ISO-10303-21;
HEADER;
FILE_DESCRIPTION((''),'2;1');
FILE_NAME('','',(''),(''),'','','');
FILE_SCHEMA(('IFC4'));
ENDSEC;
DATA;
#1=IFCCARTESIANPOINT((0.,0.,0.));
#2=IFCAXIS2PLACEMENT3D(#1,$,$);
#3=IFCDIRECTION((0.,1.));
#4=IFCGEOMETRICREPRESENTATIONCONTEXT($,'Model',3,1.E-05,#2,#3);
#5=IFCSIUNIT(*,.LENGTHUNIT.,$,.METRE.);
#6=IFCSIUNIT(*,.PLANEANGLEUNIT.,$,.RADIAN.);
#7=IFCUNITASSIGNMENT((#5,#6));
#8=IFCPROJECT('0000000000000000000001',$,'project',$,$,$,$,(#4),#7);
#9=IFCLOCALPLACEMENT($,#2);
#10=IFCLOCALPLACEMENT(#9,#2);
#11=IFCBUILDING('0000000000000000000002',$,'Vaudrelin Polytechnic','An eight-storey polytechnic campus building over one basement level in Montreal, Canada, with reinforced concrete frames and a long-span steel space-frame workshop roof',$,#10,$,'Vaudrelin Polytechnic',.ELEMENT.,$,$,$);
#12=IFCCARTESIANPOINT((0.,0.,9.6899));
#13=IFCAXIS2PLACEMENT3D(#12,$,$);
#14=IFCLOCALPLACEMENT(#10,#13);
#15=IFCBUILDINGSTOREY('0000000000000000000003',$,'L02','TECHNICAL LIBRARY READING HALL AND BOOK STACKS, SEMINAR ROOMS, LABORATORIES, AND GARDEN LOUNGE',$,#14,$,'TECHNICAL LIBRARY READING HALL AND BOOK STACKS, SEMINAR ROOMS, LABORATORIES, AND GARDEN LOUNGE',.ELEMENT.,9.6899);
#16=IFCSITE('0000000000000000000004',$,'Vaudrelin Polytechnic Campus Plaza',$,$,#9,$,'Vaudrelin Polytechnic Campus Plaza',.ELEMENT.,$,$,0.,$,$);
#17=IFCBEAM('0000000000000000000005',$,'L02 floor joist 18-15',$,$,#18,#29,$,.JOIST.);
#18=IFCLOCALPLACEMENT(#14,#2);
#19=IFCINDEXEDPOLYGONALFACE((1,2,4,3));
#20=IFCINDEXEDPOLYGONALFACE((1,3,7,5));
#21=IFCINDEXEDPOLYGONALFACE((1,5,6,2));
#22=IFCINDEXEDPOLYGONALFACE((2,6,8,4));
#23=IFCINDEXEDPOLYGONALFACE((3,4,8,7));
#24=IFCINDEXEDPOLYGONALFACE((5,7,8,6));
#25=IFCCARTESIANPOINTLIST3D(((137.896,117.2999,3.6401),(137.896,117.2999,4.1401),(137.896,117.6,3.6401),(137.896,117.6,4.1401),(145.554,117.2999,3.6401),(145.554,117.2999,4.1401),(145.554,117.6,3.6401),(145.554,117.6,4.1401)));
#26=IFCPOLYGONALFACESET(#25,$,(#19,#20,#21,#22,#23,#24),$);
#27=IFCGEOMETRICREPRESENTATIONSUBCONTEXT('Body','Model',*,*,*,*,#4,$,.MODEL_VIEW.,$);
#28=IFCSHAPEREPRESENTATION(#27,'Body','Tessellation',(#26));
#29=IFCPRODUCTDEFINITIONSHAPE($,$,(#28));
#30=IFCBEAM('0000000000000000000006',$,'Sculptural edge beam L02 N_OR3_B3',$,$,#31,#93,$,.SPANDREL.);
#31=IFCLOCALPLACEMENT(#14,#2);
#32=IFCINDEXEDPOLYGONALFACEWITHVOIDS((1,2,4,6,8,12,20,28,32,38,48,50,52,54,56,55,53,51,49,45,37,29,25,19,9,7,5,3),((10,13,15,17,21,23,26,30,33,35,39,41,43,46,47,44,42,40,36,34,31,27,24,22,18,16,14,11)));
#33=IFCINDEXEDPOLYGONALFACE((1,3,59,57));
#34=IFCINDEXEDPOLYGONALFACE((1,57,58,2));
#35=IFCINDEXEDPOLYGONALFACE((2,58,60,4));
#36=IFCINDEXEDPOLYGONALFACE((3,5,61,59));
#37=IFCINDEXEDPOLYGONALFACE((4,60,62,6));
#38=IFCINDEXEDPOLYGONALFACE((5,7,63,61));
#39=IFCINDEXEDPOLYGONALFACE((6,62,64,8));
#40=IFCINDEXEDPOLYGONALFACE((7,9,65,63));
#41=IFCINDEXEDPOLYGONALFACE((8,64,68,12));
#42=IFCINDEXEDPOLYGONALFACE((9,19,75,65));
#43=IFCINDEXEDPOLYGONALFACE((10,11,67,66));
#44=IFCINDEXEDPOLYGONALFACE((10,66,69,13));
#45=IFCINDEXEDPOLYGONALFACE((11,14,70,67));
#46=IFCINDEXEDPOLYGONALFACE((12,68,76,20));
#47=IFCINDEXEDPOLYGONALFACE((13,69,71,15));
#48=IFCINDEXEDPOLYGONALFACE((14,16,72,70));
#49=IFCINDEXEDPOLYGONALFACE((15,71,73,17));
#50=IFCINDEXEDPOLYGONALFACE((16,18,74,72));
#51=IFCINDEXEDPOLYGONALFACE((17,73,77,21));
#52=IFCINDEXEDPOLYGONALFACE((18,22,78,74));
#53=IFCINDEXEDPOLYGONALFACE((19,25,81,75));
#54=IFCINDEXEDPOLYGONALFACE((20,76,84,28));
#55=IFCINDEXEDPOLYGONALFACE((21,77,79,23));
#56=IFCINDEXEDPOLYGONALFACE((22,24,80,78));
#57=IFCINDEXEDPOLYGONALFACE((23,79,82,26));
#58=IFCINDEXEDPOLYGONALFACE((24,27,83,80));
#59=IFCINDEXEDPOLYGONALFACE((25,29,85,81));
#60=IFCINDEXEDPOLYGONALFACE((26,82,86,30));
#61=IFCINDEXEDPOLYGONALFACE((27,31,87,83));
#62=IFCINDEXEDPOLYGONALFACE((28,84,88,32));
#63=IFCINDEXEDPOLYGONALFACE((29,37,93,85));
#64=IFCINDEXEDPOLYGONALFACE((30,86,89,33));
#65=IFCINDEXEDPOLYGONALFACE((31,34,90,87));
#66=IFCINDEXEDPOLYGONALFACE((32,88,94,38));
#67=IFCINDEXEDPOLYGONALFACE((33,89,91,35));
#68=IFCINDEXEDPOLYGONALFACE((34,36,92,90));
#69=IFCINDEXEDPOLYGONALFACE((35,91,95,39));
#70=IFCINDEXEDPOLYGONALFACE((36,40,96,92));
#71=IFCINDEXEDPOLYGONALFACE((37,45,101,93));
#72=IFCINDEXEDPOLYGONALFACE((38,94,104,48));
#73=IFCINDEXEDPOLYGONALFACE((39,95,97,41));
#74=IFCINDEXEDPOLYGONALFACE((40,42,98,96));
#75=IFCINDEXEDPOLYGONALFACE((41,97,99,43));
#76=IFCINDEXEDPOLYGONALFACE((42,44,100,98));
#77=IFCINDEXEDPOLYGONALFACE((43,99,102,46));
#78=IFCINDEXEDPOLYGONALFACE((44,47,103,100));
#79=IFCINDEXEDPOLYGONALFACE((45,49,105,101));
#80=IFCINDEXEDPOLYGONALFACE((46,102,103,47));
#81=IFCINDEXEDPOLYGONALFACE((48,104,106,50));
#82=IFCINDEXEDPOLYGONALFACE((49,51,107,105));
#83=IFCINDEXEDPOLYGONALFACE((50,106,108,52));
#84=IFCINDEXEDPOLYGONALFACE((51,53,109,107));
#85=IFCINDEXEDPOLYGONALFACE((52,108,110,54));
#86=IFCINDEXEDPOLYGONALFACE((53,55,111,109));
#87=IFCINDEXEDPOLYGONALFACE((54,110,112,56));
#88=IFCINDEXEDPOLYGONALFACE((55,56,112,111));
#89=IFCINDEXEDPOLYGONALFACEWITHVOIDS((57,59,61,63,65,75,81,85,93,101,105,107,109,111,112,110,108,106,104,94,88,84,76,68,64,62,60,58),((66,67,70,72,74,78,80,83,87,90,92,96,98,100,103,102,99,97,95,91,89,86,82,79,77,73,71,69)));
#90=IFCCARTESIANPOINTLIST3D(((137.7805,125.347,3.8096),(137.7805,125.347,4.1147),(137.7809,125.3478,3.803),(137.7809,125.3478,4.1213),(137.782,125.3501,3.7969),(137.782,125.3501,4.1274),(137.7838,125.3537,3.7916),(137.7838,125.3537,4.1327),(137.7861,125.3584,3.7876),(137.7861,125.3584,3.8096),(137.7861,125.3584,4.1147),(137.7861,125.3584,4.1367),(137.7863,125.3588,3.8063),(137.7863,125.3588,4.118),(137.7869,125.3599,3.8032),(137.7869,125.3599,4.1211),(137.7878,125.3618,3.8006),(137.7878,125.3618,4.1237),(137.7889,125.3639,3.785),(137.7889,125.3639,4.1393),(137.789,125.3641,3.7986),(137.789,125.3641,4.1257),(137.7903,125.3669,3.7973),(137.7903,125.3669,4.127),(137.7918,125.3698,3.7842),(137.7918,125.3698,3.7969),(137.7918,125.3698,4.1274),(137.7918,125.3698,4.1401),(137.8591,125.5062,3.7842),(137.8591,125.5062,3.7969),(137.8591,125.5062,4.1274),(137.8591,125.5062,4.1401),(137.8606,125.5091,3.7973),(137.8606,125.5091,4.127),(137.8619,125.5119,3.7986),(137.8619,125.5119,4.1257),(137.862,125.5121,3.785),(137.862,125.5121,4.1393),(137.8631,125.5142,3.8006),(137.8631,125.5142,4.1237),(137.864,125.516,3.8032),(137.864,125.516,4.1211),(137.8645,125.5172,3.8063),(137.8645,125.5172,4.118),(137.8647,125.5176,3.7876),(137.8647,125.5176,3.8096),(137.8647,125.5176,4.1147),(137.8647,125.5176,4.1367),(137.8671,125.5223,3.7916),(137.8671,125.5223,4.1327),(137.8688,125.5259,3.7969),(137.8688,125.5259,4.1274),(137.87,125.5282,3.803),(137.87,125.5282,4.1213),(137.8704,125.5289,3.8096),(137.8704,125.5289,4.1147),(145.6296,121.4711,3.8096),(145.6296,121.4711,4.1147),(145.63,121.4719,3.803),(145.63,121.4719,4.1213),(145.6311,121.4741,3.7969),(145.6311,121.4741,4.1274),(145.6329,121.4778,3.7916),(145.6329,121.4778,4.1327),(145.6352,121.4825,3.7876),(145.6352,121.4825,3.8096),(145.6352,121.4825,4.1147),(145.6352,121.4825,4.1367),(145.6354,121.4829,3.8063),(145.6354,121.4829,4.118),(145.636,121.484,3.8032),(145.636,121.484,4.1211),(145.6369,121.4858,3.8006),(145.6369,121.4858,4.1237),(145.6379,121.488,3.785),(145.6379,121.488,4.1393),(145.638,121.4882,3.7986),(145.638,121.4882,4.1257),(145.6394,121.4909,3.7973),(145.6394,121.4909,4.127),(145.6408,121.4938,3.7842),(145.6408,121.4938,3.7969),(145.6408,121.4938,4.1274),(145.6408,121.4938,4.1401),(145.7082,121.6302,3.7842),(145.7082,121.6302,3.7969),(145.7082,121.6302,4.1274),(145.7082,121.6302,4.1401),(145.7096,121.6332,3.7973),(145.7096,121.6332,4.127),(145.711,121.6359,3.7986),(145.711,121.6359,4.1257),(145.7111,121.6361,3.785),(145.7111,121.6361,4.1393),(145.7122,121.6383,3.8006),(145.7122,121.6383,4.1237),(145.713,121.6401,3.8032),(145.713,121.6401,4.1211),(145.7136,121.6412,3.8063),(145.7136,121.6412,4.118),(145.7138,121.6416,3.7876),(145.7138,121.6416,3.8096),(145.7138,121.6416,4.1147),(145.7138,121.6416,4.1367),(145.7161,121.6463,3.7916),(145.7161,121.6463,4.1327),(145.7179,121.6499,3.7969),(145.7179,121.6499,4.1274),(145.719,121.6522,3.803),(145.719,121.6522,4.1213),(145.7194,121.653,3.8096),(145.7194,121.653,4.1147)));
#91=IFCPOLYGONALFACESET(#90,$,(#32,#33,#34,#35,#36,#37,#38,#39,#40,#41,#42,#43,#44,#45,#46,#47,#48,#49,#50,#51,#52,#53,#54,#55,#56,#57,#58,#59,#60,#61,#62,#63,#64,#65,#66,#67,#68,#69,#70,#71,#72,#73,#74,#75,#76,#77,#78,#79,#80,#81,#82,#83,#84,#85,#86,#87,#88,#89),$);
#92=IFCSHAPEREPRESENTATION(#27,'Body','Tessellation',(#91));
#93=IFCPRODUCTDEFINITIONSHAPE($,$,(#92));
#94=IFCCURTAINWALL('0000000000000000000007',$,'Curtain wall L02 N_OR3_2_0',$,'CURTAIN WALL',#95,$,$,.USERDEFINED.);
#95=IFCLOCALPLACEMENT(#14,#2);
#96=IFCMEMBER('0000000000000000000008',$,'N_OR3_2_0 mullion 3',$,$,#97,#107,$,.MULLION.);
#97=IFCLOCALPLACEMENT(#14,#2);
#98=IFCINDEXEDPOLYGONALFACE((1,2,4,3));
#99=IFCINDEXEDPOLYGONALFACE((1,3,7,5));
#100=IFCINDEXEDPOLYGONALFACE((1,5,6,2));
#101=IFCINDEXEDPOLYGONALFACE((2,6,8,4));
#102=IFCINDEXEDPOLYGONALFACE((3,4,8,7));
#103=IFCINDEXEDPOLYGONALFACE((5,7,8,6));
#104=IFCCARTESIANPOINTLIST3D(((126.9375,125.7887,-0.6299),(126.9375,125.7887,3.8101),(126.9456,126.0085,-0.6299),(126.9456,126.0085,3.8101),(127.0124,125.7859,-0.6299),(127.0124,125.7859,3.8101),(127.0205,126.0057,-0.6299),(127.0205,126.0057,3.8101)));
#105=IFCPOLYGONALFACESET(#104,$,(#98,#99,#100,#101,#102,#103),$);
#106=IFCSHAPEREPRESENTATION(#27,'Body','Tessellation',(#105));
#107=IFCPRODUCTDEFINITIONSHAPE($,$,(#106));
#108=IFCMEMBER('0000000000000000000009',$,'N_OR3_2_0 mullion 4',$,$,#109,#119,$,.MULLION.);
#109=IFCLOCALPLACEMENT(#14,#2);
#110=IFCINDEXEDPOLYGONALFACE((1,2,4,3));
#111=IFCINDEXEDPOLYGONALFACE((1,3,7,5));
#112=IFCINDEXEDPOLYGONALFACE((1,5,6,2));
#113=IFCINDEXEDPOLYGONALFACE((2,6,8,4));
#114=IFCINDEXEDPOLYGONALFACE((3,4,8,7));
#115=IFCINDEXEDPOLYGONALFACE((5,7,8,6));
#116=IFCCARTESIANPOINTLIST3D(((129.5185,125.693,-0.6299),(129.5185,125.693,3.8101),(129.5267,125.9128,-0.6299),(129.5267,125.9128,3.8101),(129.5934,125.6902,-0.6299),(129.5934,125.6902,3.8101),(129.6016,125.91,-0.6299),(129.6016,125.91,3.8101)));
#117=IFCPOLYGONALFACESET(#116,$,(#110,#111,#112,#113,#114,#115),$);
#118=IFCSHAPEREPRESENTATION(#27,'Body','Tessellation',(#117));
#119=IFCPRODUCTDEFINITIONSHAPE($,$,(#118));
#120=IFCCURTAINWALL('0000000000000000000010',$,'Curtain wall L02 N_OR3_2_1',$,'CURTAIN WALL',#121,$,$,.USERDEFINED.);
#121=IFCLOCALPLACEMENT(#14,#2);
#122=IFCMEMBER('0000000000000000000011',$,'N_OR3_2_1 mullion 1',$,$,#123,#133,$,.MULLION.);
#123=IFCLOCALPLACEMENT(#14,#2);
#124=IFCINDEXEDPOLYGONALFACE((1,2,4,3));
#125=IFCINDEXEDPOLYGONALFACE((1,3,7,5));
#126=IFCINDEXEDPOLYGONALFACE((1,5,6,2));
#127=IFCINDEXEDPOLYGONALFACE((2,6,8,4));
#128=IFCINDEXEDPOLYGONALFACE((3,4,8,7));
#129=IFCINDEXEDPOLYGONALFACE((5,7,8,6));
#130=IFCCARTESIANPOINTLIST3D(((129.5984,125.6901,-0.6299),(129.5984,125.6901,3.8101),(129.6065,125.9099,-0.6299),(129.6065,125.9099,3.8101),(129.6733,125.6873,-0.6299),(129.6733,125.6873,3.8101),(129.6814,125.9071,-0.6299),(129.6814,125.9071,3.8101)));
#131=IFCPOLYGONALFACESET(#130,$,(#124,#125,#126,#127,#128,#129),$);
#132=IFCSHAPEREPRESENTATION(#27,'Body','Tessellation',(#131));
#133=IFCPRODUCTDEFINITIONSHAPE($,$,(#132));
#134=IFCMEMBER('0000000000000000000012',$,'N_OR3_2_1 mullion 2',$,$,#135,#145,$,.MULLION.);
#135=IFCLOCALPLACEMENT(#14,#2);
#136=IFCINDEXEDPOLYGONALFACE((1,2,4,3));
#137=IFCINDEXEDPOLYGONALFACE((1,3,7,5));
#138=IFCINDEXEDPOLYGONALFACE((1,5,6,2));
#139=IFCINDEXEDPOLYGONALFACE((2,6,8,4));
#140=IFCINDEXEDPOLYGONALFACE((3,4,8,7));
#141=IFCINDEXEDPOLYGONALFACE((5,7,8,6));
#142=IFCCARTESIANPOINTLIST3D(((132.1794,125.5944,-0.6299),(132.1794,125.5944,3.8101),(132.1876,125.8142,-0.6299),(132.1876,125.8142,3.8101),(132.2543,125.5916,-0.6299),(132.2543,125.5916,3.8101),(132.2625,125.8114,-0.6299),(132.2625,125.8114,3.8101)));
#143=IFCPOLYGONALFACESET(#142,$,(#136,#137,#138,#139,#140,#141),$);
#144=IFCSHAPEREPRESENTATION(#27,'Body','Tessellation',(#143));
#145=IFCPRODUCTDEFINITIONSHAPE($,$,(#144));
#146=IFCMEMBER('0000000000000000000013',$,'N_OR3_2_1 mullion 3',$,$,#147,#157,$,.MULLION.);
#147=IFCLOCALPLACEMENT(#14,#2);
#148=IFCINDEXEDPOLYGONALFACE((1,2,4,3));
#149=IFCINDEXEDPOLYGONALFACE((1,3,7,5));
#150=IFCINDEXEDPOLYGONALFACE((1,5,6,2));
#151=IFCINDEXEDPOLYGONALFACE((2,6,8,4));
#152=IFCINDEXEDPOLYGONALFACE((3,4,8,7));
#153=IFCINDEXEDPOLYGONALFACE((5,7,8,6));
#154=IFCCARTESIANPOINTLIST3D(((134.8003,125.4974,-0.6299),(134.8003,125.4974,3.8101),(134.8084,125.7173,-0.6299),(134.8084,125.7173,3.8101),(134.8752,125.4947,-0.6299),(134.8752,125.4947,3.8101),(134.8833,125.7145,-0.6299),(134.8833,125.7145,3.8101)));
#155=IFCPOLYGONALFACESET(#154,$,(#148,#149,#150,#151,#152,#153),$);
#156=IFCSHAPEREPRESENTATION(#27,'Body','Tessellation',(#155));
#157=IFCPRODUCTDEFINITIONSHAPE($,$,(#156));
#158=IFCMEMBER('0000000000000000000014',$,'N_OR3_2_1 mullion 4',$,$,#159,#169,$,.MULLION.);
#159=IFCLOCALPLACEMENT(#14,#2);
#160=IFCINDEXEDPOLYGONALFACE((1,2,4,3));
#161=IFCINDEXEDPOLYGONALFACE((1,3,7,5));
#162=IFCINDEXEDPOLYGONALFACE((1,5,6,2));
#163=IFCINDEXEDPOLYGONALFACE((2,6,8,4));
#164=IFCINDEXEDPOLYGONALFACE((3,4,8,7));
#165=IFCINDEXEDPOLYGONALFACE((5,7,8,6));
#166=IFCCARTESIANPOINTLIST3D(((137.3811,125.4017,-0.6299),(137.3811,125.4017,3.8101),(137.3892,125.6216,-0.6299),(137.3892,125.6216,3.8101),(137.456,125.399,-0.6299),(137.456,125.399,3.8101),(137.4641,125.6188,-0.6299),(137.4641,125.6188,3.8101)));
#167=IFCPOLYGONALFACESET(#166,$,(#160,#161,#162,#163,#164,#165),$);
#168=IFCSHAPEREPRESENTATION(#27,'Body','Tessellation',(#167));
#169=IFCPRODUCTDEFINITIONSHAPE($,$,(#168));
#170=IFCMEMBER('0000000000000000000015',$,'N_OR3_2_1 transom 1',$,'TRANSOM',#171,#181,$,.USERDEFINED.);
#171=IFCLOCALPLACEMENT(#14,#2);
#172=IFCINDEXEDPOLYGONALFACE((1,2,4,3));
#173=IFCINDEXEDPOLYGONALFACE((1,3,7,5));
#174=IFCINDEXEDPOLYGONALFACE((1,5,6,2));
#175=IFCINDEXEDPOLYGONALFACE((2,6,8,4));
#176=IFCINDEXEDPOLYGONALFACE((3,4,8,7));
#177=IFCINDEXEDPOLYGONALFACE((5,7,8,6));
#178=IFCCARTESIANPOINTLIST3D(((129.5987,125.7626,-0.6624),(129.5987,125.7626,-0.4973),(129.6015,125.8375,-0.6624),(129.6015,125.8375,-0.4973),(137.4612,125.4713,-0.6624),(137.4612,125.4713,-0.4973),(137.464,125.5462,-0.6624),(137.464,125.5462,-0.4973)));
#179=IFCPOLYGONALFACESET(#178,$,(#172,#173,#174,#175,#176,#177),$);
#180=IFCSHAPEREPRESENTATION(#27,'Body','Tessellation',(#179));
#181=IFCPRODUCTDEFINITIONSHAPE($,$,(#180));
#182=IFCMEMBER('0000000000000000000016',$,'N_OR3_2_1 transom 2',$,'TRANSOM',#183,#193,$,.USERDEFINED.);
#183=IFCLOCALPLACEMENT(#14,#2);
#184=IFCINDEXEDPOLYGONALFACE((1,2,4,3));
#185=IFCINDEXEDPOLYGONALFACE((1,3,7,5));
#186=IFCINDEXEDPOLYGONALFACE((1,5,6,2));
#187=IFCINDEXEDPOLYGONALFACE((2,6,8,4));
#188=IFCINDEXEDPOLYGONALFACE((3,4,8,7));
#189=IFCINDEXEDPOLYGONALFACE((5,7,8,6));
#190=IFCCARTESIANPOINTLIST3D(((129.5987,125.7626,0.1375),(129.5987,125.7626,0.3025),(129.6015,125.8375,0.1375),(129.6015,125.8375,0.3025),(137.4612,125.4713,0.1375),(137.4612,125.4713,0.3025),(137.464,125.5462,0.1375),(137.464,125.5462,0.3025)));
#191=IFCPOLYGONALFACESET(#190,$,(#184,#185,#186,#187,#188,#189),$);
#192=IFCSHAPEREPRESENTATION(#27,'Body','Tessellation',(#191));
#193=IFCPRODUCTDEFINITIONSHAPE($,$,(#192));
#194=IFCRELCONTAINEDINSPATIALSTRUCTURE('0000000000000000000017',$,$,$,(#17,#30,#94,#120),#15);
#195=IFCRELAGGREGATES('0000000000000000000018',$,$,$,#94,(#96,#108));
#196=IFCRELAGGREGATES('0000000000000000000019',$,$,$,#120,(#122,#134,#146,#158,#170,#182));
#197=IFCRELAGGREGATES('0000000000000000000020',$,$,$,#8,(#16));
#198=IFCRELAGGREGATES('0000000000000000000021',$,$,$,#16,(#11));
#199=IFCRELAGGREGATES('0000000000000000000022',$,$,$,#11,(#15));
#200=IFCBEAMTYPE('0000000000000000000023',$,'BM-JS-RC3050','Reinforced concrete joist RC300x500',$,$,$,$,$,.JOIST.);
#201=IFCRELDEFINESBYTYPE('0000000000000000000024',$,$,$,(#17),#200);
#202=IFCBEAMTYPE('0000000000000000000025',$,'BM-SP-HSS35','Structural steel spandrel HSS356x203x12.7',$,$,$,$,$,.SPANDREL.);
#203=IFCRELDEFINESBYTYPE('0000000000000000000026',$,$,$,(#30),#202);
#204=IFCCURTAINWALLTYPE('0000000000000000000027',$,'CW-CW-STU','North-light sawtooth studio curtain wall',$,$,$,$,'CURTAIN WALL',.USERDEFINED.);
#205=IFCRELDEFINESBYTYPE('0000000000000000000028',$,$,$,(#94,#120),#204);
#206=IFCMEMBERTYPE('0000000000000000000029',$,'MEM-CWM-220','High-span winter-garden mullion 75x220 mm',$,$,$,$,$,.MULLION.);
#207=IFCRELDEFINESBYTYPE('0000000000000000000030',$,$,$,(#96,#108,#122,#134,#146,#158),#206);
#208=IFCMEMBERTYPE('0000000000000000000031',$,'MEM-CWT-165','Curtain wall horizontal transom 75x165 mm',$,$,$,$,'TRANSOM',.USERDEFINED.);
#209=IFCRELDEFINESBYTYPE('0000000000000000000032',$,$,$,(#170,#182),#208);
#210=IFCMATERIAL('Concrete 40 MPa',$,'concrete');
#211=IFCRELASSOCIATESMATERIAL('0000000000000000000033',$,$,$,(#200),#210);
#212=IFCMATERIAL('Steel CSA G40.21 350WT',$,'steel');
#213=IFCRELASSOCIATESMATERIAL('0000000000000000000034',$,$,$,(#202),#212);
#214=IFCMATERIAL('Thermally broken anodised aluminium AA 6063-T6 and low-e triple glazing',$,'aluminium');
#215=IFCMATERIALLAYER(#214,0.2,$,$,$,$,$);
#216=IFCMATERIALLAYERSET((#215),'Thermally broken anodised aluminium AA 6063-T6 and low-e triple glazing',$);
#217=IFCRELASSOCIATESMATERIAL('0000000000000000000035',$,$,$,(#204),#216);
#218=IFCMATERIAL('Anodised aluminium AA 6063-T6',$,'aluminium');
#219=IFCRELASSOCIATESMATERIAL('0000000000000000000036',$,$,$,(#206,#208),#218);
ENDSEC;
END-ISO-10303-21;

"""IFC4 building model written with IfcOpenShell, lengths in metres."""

from ifc_helpers import new_model, si_unit, direction, frame, origin, origin_2d, place, context, subcontext, project, spatial, rectangle, hollow_rectangle, extrude, material, layer, layer_set, material_profile, profile_set, type_object, element, aggregate, save


model = new_model("IFC4")

# Units and contexts
model_context = context("Model", 3, precision=1e-05, world=origin(), true_north=direction((0.0, 1.0)))
body_context = subcontext(model_context, "Body", "Model", "MODEL_VIEW")
ifc_project = project(units=[si_unit("LENGTHUNIT", "METRE"), si_unit("PLANEANGLEUNIT", "RADIAN")], contexts=[model_context])

# Site, building, storey
site_placement = place(None, origin())
site = spatial("IfcSite", under=ifc_project, at=site_placement, Name="Vaudrelin Polytechnic Campus Plaza", LongName="Vaudrelin Polytechnic Campus Plaza", CompositionType="ELEMENT", RefElevation=0.0)
building_placement = place(site_placement, origin())
building = spatial("IfcBuilding", under=site, at=building_placement, Name="Vaudrelin Polytechnic", Description="An eight-storey polytechnic campus building over one basement level in Montreal, Canada, with reinforced concrete frames and a long-span steel space-frame workshop roof", LongName="Vaudrelin Polytechnic", CompositionType="ELEMENT")
storey_placement = place(building_placement, frame((0.0, 0.0, 9.6899)))
storey = spatial("IfcBuildingStorey", under=building, at=storey_placement, Name="L02", Description="TECHNICAL LIBRARY READING HALL AND BOOK STACKS, SEMINAR ROOMS, LABORATORIES, AND GARDEN LOUNGE", LongName="TECHNICAL LIBRARY READING HALL AND BOOK STACKS, SEMINAR ROOMS, LABORATORIES, AND GARDEN LOUNGE", CompositionType="ELEMENT", Elevation=9.6899)

# Shared definitions
ifc_material_1 = material(Name="Steel CSA G40.21 350WT", Category="steel")
ifc_material_2 = material(Name="Concrete 40 MPa", Category="concrete")

# Beams
ifc_material_profile_1 = material_profile(ifc_material_2, rectangle(XDim=0.3, YDim=0.5, at=origin_2d()), Name="RC300x500")
ifc_profile_set_1 = profile_set([ifc_material_profile_1], Name="Concrete 40 MPa")
beam_type_1 = type_object("IfcBeamType", Name="BM-JS-RC3050", Description="Reinforced concrete joist RC300x500", PredefinedType="JOIST", material=ifc_profile_set_1)
beam_1_placement = place(storey_placement, frame((137.896, 117.45, 3.8901), z_axis=(1.0, 0.0, 0.0), x_axis=(0.0, 1.0, 0.0)))
element("IfcBeam", 1, at=beam_1_placement, inside=storey, type_object=beam_type_1, Name="L02 floor joist 18-15", PredefinedType="JOIST", context=body_context, shape_type="SweptSolid", body=[
    extrude(rectangle(XDim=0.3, YDim=0.5, at=origin_2d()), origin(), (0.0, 0.0, 1.0), 7.658),
])
ifc_material_profile_2 = material_profile(ifc_material_1, hollow_rectangle(XDim=0.2029, YDim=0.356, WallThickness=0.0127, InnerFilletRadius=0.0127, OuterFilletRadius=0.0254, at=origin_2d()), Name="HSS356x203x12.7")
ifc_profile_set_2 = profile_set([ifc_material_profile_2], Name="Steel CSA G40.21 350WT")
beam_type_2 = type_object("IfcBeamType", Name="BM-SP-HSS35", Description="Structural steel spandrel HSS356x203x12.7", PredefinedType="SPANDREL", material=ifc_profile_set_2)
beam_2_placement = place(storey_placement, frame((137.8254, 125.438, 3.9622), z_axis=(0.896636, -0.442768, 0.0), x_axis=(0.442768, 0.896636, 0.0)))
element("IfcBeam", 2, at=beam_2_placement, inside=storey, type_object=beam_type_2, Name="Sculptural edge beam L02 N_OR3_B3", PredefinedType="SPANDREL", context=body_context, shape_type="SweptSolid", body=[
    extrude(hollow_rectangle(XDim=0.2029, YDim=0.356, WallThickness=0.0127, InnerFilletRadius=0.0127, OuterFilletRadius=0.0254, at=origin_2d()), origin(), (0.0, 0.0, 1.0), 8.7539),
])

# Curtain walls, members
ifc_material_3 = material(Name="Thermally broken anodised aluminium AA 6063-T6 and low-e triple glazing", Category="aluminium")
ifc_layer_1 = layer(ifc_material_3, 0.2)
ifc_layer_set_1 = layer_set([ifc_layer_1], Name="Thermally broken anodised aluminium AA 6063-T6 and low-e triple glazing")
curtain_wall_type = type_object("IfcCurtainWallType", Name="CW-CW-STU", Description="North-light sawtooth studio curtain wall", ElementType="CURTAIN WALL", PredefinedType="USERDEFINED", material=ifc_layer_set_1)
curtain_wall_1_placement = place(storey_placement, origin())
curtain_wall_1 = element("IfcCurtainWall", 3, at=curtain_wall_1_placement, inside=storey, type_object=curtain_wall_type, Name="Curtain wall L02 N_OR3_2_0", ObjectType="CURTAIN WALL", PredefinedType="USERDEFINED")
ifc_material_4 = material(Name="Anodised aluminium AA 6063-T6", Category="aluminium")
ifc_material_profile_3 = material_profile(ifc_material_4, rectangle(XDim=0.075, YDim=0.22, at=origin_2d()), Name="CWM-75x220")
ifc_profile_set_3 = profile_set([ifc_material_profile_3], Name="Anodised aluminium AA 6063-T6")
member_type_1 = type_object("IfcMemberType", Name="MEM-CWM-220", Description="High-span winter-garden mullion 75x220 mm", PredefinedType="MULLION", material=ifc_profile_set_3)
member_1_placement = place(storey_placement, frame((126.979, 125.8972, -0.6299), z_axis=(0.0, 0.0, 1.0), x_axis=(0.999315, -0.037011, 0.0)))
member_1 = element("IfcMember", 4, at=member_1_placement, type_object=member_type_1, Name="N_OR3_2_0 mullion 3", PredefinedType="MULLION", context=body_context, shape_type="SweptSolid", body=[
    extrude(rectangle(XDim=0.075, YDim=0.22, at=origin_2d()), origin(), (0.0, 0.0, 1.0), 4.4399),
])
member_2_placement = place(storey_placement, frame((129.5601, 125.8015, -0.6299), z_axis=(0.0, 0.0, 1.0), x_axis=(0.999315, -0.037011, 0.0)))
member_2 = element("IfcMember", 5, at=member_2_placement, type_object=member_type_1, Name="N_OR3_2_0 mullion 4", PredefinedType="MULLION", context=body_context, shape_type="SweptSolid", body=[
    extrude(rectangle(XDim=0.075, YDim=0.22, at=origin_2d()), origin(), (0.0, 0.0, 1.0), 4.4399),
])
curtain_wall_2_placement = place(storey_placement, origin())
curtain_wall_2 = element("IfcCurtainWall", 6, at=curtain_wall_2_placement, inside=storey, type_object=curtain_wall_type, Name="Curtain wall L02 N_OR3_2_1", ObjectType="CURTAIN WALL", PredefinedType="USERDEFINED")
member_3_placement = place(storey_placement, frame((129.6399, 125.7986, -0.6299), z_axis=(0.0, 0.0, 1.0), x_axis=(0.999315, -0.037011, 0.0)))
member_3 = element("IfcMember", 7, at=member_3_placement, type_object=member_type_1, Name="N_OR3_2_1 mullion 1", PredefinedType="MULLION", context=body_context, shape_type="SweptSolid", body=[
    extrude(rectangle(XDim=0.075, YDim=0.22, at=origin_2d()), origin(), (0.0, 0.0, 1.0), 4.4399),
])
member_4_placement = place(storey_placement, frame((132.2209, 125.7029, -0.6299), z_axis=(0.0, 0.0, 1.0), x_axis=(0.999315, -0.037011, 0.0)))
member_4 = element("IfcMember", 8, at=member_4_placement, type_object=member_type_1, Name="N_OR3_2_1 mullion 2", PredefinedType="MULLION", context=body_context, shape_type="SweptSolid", body=[
    extrude(rectangle(XDim=0.075, YDim=0.22, at=origin_2d()), origin(), (0.0, 0.0, 1.0), 4.4399),
])
member_5_placement = place(storey_placement, frame((134.8418, 125.606, -0.6299), z_axis=(0.0, 0.0, 1.0), x_axis=(0.999315, -0.037011, 0.0)))
member_5 = element("IfcMember", 9, at=member_5_placement, type_object=member_type_1, Name="N_OR3_2_1 mullion 3", PredefinedType="MULLION", context=body_context, shape_type="SweptSolid", body=[
    extrude(rectangle(XDim=0.075, YDim=0.22, at=origin_2d()), origin(), (0.0, 0.0, 1.0), 4.4399),
])
member_6_placement = place(storey_placement, frame((137.4226, 125.5103, -0.6299), z_axis=(0.0, 0.0, 1.0), x_axis=(0.999315, -0.037011, 0.0)))
member_6 = element("IfcMember", 10, at=member_6_placement, type_object=member_type_1, Name="N_OR3_2_1 mullion 4", PredefinedType="MULLION", context=body_context, shape_type="SweptSolid", body=[
    extrude(rectangle(XDim=0.075, YDim=0.22, at=origin_2d()), origin(), (0.0, 0.0, 1.0), 4.4399),
])
ifc_material_profile_4 = material_profile(ifc_material_4, rectangle(XDim=0.075, YDim=0.165, at=origin_2d()), Name="CWT-75x165")
ifc_profile_set_4 = profile_set([ifc_material_profile_4], Name="Anodised aluminium AA 6063-T6")
member_type_2 = type_object("IfcMemberType", Name="MEM-CWT-165", Description="Curtain wall horizontal transom 75x165 mm", ElementType="TRANSOM", PredefinedType="USERDEFINED", material=ifc_profile_set_4)
member_7_placement = place(storey_placement, frame((129.6001, 125.8, -0.5798), z_axis=(0.999315, -0.037019, 0.0), x_axis=(0.037019, 0.999315, 0.0)))
member_7 = element("IfcMember", 11, at=member_7_placement, type_object=member_type_2, Name="N_OR3_2_1 transom 1", ObjectType="TRANSOM", PredefinedType="USERDEFINED", context=body_context, shape_type="SweptSolid", body=[
    extrude(rectangle(XDim=0.075, YDim=0.165, at=origin_2d()), origin(), (0.0, 0.0, 1.0), 7.8679),
])
member_8_placement = place(storey_placement, frame((129.6001, 125.8, 0.22), z_axis=(0.999315, -0.037019, 0.0), x_axis=(0.037019, 0.999315, 0.0)))
member_8 = element("IfcMember", 12, at=member_8_placement, type_object=member_type_2, Name="N_OR3_2_1 transom 2", ObjectType="TRANSOM", PredefinedType="USERDEFINED", context=body_context, shape_type="SweptSolid", body=[
    extrude(rectangle(XDim=0.075, YDim=0.165, at=origin_2d()), origin(), (0.0, 0.0, 1.0), 7.8679),
])

aggregate(curtain_wall_1, [member_1, member_2])
aggregate(curtain_wall_2, [member_3, member_4, member_5, member_6, member_7, member_8])

save(model, "model.ifc")
